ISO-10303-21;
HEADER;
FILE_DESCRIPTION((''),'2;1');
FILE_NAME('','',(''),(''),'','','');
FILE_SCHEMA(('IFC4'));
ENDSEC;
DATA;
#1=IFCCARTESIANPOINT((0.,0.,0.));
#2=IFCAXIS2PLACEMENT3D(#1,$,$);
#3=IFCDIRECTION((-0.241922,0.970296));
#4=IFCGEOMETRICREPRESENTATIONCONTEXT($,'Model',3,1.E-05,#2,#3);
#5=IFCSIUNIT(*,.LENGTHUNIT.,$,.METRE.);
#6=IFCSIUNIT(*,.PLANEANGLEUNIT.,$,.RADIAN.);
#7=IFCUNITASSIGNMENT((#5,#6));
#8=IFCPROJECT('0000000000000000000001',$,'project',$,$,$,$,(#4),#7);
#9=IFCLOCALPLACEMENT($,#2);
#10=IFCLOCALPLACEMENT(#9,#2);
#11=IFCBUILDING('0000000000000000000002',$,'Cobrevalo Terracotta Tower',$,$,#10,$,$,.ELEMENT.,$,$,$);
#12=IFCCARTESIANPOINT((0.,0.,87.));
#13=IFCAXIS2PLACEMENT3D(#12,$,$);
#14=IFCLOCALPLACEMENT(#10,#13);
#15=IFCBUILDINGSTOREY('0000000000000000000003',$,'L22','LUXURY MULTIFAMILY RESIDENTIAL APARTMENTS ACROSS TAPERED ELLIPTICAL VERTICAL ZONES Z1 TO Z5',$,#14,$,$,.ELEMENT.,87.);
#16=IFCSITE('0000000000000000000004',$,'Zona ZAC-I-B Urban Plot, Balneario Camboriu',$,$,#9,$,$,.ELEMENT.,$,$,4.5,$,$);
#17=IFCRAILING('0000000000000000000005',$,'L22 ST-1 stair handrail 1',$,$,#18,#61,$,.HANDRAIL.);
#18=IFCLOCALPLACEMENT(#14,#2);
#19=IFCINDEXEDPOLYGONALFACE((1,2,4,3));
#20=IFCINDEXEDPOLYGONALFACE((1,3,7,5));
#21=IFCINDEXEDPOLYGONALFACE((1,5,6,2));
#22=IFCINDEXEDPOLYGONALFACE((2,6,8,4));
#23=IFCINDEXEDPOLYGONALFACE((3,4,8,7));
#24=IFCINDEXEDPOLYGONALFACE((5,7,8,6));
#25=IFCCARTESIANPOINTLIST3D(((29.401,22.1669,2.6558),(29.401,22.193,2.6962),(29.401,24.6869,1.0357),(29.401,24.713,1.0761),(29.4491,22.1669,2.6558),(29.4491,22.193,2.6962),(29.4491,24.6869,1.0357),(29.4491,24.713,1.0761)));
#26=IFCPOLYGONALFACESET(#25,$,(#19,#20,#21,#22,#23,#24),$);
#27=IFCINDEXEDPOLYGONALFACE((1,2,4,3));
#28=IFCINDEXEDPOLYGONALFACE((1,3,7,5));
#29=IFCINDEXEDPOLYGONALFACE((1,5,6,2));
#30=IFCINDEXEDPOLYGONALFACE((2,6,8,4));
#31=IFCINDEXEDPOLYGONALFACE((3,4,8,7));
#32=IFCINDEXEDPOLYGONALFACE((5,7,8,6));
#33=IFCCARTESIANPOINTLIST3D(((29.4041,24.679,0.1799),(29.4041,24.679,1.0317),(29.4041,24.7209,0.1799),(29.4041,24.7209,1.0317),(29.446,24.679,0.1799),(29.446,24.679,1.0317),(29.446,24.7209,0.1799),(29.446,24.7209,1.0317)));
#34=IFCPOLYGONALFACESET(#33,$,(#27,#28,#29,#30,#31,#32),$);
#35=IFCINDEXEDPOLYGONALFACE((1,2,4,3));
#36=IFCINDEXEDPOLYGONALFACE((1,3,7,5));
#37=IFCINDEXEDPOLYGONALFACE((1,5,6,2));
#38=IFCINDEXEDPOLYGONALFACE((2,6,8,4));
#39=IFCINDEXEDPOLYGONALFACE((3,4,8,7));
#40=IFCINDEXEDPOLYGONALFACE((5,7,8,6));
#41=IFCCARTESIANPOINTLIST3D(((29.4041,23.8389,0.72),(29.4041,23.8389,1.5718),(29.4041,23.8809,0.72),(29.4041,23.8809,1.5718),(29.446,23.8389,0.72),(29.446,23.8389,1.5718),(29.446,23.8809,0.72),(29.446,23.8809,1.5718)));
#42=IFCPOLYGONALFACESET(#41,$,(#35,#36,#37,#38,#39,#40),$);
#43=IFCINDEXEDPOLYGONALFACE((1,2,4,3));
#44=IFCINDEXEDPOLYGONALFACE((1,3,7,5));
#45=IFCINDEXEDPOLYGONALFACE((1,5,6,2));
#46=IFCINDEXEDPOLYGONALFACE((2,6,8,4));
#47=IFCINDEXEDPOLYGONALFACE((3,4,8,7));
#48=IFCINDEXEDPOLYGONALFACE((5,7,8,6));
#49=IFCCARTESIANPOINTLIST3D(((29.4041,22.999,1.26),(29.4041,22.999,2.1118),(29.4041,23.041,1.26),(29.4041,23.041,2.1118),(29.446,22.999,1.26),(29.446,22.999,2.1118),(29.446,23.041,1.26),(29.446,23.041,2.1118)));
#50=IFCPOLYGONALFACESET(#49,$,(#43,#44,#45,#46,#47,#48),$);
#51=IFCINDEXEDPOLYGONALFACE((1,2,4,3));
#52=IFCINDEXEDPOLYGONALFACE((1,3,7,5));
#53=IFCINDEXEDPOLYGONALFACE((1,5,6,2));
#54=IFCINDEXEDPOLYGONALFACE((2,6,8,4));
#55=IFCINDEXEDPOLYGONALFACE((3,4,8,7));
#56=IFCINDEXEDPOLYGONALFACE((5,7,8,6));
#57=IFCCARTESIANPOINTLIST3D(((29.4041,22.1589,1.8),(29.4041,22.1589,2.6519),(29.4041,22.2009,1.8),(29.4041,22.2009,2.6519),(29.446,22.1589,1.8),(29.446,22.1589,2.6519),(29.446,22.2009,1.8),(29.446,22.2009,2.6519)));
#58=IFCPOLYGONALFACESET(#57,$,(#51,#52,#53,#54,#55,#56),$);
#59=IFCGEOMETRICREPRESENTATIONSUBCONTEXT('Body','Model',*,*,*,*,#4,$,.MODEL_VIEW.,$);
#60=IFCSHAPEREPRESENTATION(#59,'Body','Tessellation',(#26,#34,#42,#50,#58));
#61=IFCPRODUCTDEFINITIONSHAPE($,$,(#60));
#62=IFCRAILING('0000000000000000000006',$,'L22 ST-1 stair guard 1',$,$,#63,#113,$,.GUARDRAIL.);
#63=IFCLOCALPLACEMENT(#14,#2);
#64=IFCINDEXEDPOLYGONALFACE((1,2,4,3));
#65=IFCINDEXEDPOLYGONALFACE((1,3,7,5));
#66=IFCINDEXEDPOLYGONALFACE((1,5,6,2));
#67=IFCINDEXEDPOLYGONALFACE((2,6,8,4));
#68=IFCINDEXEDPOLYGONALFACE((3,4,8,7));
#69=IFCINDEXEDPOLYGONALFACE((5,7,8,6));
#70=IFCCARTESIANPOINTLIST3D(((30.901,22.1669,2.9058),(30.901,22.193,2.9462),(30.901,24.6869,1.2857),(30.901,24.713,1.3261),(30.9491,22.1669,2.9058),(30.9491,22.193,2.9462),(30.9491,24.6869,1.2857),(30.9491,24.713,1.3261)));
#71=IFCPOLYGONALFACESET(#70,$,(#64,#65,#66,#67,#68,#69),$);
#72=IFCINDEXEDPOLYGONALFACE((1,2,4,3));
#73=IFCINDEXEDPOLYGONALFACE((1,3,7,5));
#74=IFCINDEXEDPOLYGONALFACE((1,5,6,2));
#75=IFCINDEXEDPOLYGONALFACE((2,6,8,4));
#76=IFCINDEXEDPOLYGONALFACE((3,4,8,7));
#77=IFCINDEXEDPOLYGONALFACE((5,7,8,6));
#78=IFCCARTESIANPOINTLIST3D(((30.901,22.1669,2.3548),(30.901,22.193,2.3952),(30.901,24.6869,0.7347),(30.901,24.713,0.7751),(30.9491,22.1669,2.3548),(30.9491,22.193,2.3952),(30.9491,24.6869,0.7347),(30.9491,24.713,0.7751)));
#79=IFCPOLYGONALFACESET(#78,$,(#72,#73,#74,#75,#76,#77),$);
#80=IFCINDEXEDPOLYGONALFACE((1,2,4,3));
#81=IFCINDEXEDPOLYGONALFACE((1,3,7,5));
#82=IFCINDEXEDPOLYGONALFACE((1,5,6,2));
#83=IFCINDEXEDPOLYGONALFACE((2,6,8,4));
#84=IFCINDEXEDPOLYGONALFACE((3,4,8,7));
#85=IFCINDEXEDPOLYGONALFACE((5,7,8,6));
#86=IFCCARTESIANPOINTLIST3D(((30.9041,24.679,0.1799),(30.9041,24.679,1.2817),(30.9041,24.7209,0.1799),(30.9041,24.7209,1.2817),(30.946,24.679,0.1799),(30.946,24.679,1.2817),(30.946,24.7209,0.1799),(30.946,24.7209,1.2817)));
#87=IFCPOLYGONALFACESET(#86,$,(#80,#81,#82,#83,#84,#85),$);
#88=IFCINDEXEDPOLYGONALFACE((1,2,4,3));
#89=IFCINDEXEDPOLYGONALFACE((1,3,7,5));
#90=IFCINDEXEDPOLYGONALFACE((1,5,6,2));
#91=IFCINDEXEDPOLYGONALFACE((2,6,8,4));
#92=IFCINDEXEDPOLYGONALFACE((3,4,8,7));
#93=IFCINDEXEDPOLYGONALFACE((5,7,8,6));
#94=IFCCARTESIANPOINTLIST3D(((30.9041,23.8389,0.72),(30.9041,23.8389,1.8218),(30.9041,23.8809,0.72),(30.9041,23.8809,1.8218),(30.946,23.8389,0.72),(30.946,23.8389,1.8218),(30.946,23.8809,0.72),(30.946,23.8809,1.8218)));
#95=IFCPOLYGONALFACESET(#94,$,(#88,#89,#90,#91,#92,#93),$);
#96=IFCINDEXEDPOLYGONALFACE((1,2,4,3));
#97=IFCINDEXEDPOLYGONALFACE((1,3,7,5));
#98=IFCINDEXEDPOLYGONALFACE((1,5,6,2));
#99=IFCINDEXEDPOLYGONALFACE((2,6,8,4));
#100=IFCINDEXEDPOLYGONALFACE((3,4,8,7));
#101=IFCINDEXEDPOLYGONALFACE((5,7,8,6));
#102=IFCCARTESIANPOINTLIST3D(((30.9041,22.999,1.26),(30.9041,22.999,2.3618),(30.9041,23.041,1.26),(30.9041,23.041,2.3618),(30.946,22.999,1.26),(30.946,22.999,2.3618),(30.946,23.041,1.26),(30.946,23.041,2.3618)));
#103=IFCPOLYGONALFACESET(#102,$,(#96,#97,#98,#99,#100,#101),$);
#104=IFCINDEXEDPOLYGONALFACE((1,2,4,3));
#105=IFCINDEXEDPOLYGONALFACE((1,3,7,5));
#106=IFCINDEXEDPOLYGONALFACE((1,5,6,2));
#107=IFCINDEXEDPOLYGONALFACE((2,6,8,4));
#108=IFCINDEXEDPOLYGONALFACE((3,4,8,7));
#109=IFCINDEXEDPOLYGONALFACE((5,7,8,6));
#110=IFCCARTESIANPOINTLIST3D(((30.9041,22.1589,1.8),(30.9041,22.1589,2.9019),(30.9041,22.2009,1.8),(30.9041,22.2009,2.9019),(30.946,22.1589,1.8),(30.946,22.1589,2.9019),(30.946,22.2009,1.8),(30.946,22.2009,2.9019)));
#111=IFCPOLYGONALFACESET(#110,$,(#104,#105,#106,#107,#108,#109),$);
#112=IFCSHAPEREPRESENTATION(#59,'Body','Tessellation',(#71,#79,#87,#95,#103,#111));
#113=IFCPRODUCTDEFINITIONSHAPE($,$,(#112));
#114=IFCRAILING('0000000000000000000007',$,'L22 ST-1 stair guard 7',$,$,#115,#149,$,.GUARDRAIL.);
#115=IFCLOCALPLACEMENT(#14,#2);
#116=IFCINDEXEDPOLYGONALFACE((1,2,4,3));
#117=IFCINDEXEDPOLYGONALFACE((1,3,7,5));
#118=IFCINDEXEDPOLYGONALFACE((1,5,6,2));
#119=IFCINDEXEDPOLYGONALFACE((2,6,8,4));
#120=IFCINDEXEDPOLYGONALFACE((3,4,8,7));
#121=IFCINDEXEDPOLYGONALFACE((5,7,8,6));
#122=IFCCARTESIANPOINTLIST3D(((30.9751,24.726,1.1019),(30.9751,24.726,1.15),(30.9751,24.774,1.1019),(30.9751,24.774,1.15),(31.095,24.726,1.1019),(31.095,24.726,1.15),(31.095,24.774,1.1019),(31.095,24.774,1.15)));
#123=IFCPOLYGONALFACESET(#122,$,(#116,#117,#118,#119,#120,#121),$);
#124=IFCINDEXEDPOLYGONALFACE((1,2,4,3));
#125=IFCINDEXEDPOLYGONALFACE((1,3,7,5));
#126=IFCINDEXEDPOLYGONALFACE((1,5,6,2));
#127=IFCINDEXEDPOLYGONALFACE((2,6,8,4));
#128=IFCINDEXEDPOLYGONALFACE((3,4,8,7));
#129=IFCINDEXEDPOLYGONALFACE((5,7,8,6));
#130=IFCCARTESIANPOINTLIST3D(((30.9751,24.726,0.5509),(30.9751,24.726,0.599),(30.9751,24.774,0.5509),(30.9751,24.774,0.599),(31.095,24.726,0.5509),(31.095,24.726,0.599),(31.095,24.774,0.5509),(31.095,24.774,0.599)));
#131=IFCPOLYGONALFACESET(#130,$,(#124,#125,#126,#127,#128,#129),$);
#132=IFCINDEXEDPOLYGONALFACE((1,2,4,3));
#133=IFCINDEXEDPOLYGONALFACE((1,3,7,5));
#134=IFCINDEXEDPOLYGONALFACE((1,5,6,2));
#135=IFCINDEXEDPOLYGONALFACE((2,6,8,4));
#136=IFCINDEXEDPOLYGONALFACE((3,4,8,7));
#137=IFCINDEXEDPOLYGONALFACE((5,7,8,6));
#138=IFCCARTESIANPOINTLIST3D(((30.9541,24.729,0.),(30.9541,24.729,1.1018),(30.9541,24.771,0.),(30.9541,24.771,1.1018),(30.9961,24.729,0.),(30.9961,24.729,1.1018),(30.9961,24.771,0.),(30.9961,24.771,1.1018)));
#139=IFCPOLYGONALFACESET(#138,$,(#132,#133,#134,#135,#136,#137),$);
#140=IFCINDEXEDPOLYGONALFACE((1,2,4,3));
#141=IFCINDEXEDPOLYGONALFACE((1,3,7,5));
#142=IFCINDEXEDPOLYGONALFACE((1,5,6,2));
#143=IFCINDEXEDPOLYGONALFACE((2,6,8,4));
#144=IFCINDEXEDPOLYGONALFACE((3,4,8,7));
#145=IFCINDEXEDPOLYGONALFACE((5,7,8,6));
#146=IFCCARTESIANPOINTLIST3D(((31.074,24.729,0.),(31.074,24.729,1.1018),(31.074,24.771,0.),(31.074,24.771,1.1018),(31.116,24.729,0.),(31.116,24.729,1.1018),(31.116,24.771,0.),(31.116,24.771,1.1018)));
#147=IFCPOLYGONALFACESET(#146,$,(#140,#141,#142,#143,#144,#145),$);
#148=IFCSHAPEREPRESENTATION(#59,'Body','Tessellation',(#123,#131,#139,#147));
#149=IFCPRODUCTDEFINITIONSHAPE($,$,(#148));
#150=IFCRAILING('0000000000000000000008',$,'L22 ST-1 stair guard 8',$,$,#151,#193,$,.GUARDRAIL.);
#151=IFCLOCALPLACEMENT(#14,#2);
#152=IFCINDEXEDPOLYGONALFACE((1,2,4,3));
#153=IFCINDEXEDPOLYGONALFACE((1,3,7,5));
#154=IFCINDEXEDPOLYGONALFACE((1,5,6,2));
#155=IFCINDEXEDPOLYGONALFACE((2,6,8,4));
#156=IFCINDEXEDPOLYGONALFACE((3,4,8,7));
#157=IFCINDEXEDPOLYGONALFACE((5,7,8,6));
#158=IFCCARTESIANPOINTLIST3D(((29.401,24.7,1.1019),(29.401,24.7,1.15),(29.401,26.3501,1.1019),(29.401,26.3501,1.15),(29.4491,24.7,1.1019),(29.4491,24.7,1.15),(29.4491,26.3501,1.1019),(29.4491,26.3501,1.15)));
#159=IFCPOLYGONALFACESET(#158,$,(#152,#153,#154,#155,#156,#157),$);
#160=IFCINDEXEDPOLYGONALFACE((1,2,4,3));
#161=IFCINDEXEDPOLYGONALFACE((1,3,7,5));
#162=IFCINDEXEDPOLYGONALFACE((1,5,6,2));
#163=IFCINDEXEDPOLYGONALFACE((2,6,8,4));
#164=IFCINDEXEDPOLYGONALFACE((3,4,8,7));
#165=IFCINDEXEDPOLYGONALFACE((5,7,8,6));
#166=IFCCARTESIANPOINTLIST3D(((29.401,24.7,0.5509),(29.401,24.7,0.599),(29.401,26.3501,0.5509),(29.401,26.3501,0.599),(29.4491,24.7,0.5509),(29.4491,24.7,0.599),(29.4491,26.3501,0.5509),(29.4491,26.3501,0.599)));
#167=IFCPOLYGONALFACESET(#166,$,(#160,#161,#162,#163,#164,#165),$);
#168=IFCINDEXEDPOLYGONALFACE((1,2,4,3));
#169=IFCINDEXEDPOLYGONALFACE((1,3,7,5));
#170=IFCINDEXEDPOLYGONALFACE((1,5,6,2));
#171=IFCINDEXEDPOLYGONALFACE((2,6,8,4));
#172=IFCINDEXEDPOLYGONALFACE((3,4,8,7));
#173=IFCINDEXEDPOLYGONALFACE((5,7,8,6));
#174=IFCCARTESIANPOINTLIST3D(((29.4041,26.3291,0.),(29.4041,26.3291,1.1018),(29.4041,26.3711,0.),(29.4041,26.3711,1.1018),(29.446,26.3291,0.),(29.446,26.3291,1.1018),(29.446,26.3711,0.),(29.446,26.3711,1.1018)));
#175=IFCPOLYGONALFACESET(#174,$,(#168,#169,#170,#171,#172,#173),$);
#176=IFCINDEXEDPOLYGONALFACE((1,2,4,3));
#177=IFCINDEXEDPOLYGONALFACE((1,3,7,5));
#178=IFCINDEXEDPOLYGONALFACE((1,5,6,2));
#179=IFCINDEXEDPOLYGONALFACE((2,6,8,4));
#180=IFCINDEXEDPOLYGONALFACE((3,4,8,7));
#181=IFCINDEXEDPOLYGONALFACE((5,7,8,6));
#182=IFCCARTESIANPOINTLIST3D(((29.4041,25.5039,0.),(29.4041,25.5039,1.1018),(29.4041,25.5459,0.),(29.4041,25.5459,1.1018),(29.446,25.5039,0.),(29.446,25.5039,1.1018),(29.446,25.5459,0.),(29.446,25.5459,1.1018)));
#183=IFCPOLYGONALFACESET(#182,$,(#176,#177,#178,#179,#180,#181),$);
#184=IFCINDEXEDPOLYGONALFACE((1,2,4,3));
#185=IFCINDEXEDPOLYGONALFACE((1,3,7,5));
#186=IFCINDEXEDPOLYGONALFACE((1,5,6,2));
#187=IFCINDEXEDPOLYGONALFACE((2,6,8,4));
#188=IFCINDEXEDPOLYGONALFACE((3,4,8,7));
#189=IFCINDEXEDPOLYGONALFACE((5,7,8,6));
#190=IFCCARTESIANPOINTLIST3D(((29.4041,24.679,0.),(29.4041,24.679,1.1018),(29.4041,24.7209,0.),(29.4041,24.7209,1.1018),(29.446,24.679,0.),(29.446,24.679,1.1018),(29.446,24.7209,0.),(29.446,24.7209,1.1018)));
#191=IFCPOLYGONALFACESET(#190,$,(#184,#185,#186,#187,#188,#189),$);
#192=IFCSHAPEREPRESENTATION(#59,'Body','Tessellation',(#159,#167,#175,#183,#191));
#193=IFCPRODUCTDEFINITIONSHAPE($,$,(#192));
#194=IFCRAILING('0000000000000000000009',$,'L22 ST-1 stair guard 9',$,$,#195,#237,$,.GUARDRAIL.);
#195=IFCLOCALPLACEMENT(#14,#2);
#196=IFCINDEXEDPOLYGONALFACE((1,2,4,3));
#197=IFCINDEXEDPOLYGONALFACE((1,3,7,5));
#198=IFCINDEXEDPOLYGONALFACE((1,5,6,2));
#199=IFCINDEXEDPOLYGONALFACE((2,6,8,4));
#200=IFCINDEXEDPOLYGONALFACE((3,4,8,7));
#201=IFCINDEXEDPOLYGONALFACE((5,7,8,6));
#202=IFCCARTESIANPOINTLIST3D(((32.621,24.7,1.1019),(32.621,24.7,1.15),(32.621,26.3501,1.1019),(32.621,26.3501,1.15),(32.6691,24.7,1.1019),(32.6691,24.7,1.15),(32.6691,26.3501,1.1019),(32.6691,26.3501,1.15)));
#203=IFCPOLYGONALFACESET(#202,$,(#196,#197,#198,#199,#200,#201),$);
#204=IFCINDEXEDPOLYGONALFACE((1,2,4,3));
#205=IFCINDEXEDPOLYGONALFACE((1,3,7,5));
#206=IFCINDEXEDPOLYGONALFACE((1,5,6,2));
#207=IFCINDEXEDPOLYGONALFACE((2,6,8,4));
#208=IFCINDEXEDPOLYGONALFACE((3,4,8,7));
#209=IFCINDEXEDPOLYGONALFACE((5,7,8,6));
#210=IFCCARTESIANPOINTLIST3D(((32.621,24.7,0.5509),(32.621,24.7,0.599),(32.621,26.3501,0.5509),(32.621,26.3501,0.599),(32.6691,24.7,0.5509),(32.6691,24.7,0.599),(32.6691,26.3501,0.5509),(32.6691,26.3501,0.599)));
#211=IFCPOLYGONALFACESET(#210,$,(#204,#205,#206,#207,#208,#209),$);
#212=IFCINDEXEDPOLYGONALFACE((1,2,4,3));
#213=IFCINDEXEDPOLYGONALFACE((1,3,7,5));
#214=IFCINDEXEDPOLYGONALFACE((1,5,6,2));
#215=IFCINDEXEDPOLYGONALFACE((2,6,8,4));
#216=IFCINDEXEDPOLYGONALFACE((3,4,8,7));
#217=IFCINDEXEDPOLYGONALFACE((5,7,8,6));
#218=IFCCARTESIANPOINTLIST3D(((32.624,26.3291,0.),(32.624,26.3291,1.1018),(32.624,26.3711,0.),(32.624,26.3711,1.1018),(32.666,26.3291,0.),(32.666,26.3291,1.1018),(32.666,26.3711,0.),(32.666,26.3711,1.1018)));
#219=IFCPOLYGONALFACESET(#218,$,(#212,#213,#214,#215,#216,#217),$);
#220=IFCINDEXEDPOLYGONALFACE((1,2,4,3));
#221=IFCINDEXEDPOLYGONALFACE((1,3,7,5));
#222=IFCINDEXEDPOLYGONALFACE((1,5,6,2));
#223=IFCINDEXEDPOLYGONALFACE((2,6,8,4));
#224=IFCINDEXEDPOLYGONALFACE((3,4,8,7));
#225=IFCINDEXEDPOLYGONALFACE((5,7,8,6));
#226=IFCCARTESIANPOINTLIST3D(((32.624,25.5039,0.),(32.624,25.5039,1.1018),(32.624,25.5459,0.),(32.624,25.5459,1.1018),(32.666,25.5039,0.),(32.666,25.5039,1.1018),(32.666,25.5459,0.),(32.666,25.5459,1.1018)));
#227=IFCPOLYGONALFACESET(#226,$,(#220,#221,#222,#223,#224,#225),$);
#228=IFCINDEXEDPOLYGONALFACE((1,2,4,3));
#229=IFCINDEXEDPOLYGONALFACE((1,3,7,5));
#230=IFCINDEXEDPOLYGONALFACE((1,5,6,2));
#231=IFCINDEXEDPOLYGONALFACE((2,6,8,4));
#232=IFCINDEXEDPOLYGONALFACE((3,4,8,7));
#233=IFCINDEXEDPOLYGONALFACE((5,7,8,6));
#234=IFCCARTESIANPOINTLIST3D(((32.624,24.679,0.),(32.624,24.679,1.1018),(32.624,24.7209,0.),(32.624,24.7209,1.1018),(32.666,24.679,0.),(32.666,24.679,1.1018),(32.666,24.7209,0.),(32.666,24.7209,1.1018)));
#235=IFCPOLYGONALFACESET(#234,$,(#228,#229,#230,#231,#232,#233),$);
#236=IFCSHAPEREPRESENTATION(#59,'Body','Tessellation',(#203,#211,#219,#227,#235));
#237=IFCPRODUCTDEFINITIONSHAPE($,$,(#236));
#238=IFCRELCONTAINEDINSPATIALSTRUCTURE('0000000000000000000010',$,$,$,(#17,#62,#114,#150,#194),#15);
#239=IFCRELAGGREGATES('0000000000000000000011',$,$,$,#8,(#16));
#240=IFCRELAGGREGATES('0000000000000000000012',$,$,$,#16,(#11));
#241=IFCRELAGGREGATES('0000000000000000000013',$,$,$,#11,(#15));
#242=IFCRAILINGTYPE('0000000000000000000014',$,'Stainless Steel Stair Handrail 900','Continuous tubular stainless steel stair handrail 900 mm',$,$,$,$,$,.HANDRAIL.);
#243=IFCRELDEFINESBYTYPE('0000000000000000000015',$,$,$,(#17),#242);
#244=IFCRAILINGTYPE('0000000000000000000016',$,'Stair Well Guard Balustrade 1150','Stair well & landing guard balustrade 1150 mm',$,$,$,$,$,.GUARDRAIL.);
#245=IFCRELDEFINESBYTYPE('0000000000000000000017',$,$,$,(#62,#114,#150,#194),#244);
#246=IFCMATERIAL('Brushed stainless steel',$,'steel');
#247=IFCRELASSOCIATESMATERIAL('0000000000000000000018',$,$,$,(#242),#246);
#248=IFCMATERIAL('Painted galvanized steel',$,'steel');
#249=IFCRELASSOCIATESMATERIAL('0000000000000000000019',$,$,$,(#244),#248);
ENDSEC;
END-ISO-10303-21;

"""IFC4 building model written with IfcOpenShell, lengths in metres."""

from ifc_helpers import new_model, si_unit, direction, frame, origin, origin_2d, place, context, subcontext, project, spatial, rectangle, extrude, material, type_object, element, save


model = new_model("IFC4")

# Units and contexts
model_context = context("Model", 3, precision=1e-05, world=origin(), true_north=direction((-0.241922, 0.970296)))
body_context = subcontext(model_context, "Body", "Model", "MODEL_VIEW")
ifc_project = project(units=[si_unit("LENGTHUNIT", "METRE"), si_unit("PLANEANGLEUNIT", "RADIAN")], contexts=[model_context])

# Site, building, storey
site_placement = place(None, origin())
site = spatial("IfcSite", under=ifc_project, at=site_placement, Name="Zona ZAC-I-B Urban Plot, Balneario Camboriu", CompositionType="ELEMENT", RefElevation=4.5)
building_placement = place(site_placement, origin())
building = spatial("IfcBuilding", under=site, at=building_placement, Name="Cobrevalo Terracotta Tower", CompositionType="ELEMENT")
storey_placement = place(building_placement, frame((0.0, 0.0, 87.0)))
storey = spatial("IfcBuildingStorey", under=building, at=storey_placement, Name="L22", Description="LUXURY MULTIFAMILY RESIDENTIAL APARTMENTS ACROSS TAPERED ELLIPTICAL VERTICAL ZONES Z1 TO Z5", CompositionType="ELEMENT", Elevation=87.0)

# Shared definitions
ifc_material_1 = material(Name="Brushed stainless steel", Category="steel")

# Railings
railing_type_1 = type_object("IfcRailingType", Name="Stainless Steel Stair Handrail 900", Description="Continuous tubular stainless steel stair handrail 900 mm", PredefinedType="HANDRAIL", material=ifc_material_1)
railing_1_placement = place(storey_placement, frame((29.425, 24.7, 0.1799)))
element("IfcRailing", 1, at=railing_1_placement, inside=storey, type_object=railing_type_1, Name="L22 ST-1 stair handrail 1", PredefinedType="HANDRAIL", context=body_context, shape_type="SweptSolid", body=[
    extrude(rectangle(XDim=0.0481, YDim=0.0481, at=origin_2d()), frame((0.0, 0.0, 0.876), z_axis=(0.0, -0.841163, 0.540782), x_axis=(1.0, 0.0, 0.0)), (0.0, 0.0, 1.0), 2.9958),
    extrude(rectangle(XDim=0.042, YDim=0.042, at=origin_2d()), origin(), (0.0, 0.0, 1.0), 0.8518),
    extrude(rectangle(XDim=0.042, YDim=0.042, at=origin_2d()), frame((0.0, -0.8401, 0.54)), (0.0, 0.0, 1.0), 0.8518),
    extrude(rectangle(XDim=0.042, YDim=0.042, at=origin_2d()), frame((0.0, -1.6799, 1.0801)), (0.0, 0.0, 1.0), 0.8518),
    extrude(rectangle(XDim=0.042, YDim=0.042, at=origin_2d()), frame((0.0, -2.52, 1.6201)), (0.0, 0.0, 1.0), 0.8518),
])
ifc_material_2 = material(Name="Painted galvanized steel", Category="steel")
railing_type_2 = type_object("IfcRailingType", Name="Stair Well Guard Balustrade 1150", Description="Stair well & landing guard balustrade 1150 mm", PredefinedType="GUARDRAIL", material=ifc_material_2)
railing_2_placement = place(storey_placement, frame((30.925, 24.7, 0.1799)))
element("IfcRailing", 2, at=railing_2_placement, inside=storey, type_object=railing_type_2, Name="L22 ST-1 stair guard 1", PredefinedType="GUARDRAIL", context=body_context, shape_type="SweptSolid", body=[
    extrude(rectangle(XDim=0.0481, YDim=0.0481, at=origin_2d()), frame((0.0, 0.0, 1.126), z_axis=(0.0, -0.841163, 0.540782), x_axis=(1.0, 0.0, 0.0)), (0.0, 0.0, 1.0), 2.9958),
    extrude(rectangle(XDim=0.0481, YDim=0.0481, at=origin_2d()), frame((0.0, 0.0, 0.575), z_axis=(0.0, -0.841163, 0.540782), x_axis=(1.0, 0.0, 0.0)), (0.0, 0.0, 1.0), 2.9958),
    extrude(rectangle(XDim=0.042, YDim=0.042, at=origin_2d()), origin(), (0.0, 0.0, 1.0), 1.1018),
    extrude(rectangle(XDim=0.042, YDim=0.042, at=origin_2d()), frame((0.0, -0.8401, 0.54)), (0.0, 0.0, 1.0), 1.1018),
    extrude(rectangle(XDim=0.042, YDim=0.042, at=origin_2d()), frame((0.0, -1.6799, 1.0801)), (0.0, 0.0, 1.0), 1.1018),
    extrude(rectangle(XDim=0.042, YDim=0.042, at=origin_2d()), frame((0.0, -2.52, 1.6201)), (0.0, 0.0, 1.0), 1.1018),
])
railing_3_placement = place(storey_placement, frame((30.9751, 24.75, 0.0)))
element("IfcRailing", 3, at=railing_3_placement, inside=storey, type_object=railing_type_2, Name="L22 ST-1 stair guard 7", PredefinedType="GUARDRAIL", context=body_context, shape_type="SweptSolid", body=[
    extrude(rectangle(XDim=0.0481, YDim=0.0481, at=origin_2d()), frame((0.0, 0.0, 1.126), z_axis=(1.0, 0.0, 0.0), x_axis=(0.0, 1.0, 0.0)), (0.0, 0.0, 1.0), 0.1199),
    extrude(rectangle(XDim=0.0481, YDim=0.0481, at=origin_2d()), frame((0.0, 0.0, 0.575), z_axis=(1.0, 0.0, 0.0), x_axis=(0.0, 1.0, 0.0)), (0.0, 0.0, 1.0), 0.1199),
    extrude(rectangle(XDim=0.042, YDim=0.042, at=origin_2d()), origin(), (0.0, 0.0, 1.0), 1.1018),
    extrude(rectangle(XDim=0.042, YDim=0.042, at=origin_2d()), frame((0.1199, 0.0, 0.0)), (0.0, 0.0, 1.0), 1.1018),
])
for number, where, name in (
    (4, (29.425, 26.3501, 0.0), "L22 ST-1 stair guard 8"),
    (5, (32.645, 26.3501, 0.0), "L22 ST-1 stair guard 9"),
):
    element("IfcRailing", number, at=place(storey_placement, frame(where)), inside=storey, type_object=railing_type_2, Name=name, PredefinedType="GUARDRAIL", context=body_context, shape_type="SweptSolid", body=[
        extrude(rectangle(XDim=0.0481, YDim=0.0481, at=origin_2d()), frame((0.0, 0.0, 1.126), z_axis=(0.0, -1.0, 0.0), x_axis=(1.0, 0.0, 0.0)), (0.0, 0.0, 1.0), 1.6501),
        extrude(rectangle(XDim=0.0481, YDim=0.0481, at=origin_2d()), frame((0.0, 0.0, 0.575), z_axis=(0.0, -1.0, 0.0), x_axis=(1.0, 0.0, 0.0)), (0.0, 0.0, 1.0), 1.6501),
        extrude(rectangle(XDim=0.042, YDim=0.042, at=origin_2d()), origin(), (0.0, 0.0, 1.0), 1.1018),
        extrude(rectangle(XDim=0.042, YDim=0.042, at=origin_2d()), frame((0.0, -0.8252, 0.0)), (0.0, 0.0, 1.0), 1.1018),
        extrude(rectangle(XDim=0.042, YDim=0.042, at=origin_2d()), frame((0.0, -1.6501, 0.0)), (0.0, 0.0, 1.0), 1.1018),
    ])

save(model, "model.ifc")
